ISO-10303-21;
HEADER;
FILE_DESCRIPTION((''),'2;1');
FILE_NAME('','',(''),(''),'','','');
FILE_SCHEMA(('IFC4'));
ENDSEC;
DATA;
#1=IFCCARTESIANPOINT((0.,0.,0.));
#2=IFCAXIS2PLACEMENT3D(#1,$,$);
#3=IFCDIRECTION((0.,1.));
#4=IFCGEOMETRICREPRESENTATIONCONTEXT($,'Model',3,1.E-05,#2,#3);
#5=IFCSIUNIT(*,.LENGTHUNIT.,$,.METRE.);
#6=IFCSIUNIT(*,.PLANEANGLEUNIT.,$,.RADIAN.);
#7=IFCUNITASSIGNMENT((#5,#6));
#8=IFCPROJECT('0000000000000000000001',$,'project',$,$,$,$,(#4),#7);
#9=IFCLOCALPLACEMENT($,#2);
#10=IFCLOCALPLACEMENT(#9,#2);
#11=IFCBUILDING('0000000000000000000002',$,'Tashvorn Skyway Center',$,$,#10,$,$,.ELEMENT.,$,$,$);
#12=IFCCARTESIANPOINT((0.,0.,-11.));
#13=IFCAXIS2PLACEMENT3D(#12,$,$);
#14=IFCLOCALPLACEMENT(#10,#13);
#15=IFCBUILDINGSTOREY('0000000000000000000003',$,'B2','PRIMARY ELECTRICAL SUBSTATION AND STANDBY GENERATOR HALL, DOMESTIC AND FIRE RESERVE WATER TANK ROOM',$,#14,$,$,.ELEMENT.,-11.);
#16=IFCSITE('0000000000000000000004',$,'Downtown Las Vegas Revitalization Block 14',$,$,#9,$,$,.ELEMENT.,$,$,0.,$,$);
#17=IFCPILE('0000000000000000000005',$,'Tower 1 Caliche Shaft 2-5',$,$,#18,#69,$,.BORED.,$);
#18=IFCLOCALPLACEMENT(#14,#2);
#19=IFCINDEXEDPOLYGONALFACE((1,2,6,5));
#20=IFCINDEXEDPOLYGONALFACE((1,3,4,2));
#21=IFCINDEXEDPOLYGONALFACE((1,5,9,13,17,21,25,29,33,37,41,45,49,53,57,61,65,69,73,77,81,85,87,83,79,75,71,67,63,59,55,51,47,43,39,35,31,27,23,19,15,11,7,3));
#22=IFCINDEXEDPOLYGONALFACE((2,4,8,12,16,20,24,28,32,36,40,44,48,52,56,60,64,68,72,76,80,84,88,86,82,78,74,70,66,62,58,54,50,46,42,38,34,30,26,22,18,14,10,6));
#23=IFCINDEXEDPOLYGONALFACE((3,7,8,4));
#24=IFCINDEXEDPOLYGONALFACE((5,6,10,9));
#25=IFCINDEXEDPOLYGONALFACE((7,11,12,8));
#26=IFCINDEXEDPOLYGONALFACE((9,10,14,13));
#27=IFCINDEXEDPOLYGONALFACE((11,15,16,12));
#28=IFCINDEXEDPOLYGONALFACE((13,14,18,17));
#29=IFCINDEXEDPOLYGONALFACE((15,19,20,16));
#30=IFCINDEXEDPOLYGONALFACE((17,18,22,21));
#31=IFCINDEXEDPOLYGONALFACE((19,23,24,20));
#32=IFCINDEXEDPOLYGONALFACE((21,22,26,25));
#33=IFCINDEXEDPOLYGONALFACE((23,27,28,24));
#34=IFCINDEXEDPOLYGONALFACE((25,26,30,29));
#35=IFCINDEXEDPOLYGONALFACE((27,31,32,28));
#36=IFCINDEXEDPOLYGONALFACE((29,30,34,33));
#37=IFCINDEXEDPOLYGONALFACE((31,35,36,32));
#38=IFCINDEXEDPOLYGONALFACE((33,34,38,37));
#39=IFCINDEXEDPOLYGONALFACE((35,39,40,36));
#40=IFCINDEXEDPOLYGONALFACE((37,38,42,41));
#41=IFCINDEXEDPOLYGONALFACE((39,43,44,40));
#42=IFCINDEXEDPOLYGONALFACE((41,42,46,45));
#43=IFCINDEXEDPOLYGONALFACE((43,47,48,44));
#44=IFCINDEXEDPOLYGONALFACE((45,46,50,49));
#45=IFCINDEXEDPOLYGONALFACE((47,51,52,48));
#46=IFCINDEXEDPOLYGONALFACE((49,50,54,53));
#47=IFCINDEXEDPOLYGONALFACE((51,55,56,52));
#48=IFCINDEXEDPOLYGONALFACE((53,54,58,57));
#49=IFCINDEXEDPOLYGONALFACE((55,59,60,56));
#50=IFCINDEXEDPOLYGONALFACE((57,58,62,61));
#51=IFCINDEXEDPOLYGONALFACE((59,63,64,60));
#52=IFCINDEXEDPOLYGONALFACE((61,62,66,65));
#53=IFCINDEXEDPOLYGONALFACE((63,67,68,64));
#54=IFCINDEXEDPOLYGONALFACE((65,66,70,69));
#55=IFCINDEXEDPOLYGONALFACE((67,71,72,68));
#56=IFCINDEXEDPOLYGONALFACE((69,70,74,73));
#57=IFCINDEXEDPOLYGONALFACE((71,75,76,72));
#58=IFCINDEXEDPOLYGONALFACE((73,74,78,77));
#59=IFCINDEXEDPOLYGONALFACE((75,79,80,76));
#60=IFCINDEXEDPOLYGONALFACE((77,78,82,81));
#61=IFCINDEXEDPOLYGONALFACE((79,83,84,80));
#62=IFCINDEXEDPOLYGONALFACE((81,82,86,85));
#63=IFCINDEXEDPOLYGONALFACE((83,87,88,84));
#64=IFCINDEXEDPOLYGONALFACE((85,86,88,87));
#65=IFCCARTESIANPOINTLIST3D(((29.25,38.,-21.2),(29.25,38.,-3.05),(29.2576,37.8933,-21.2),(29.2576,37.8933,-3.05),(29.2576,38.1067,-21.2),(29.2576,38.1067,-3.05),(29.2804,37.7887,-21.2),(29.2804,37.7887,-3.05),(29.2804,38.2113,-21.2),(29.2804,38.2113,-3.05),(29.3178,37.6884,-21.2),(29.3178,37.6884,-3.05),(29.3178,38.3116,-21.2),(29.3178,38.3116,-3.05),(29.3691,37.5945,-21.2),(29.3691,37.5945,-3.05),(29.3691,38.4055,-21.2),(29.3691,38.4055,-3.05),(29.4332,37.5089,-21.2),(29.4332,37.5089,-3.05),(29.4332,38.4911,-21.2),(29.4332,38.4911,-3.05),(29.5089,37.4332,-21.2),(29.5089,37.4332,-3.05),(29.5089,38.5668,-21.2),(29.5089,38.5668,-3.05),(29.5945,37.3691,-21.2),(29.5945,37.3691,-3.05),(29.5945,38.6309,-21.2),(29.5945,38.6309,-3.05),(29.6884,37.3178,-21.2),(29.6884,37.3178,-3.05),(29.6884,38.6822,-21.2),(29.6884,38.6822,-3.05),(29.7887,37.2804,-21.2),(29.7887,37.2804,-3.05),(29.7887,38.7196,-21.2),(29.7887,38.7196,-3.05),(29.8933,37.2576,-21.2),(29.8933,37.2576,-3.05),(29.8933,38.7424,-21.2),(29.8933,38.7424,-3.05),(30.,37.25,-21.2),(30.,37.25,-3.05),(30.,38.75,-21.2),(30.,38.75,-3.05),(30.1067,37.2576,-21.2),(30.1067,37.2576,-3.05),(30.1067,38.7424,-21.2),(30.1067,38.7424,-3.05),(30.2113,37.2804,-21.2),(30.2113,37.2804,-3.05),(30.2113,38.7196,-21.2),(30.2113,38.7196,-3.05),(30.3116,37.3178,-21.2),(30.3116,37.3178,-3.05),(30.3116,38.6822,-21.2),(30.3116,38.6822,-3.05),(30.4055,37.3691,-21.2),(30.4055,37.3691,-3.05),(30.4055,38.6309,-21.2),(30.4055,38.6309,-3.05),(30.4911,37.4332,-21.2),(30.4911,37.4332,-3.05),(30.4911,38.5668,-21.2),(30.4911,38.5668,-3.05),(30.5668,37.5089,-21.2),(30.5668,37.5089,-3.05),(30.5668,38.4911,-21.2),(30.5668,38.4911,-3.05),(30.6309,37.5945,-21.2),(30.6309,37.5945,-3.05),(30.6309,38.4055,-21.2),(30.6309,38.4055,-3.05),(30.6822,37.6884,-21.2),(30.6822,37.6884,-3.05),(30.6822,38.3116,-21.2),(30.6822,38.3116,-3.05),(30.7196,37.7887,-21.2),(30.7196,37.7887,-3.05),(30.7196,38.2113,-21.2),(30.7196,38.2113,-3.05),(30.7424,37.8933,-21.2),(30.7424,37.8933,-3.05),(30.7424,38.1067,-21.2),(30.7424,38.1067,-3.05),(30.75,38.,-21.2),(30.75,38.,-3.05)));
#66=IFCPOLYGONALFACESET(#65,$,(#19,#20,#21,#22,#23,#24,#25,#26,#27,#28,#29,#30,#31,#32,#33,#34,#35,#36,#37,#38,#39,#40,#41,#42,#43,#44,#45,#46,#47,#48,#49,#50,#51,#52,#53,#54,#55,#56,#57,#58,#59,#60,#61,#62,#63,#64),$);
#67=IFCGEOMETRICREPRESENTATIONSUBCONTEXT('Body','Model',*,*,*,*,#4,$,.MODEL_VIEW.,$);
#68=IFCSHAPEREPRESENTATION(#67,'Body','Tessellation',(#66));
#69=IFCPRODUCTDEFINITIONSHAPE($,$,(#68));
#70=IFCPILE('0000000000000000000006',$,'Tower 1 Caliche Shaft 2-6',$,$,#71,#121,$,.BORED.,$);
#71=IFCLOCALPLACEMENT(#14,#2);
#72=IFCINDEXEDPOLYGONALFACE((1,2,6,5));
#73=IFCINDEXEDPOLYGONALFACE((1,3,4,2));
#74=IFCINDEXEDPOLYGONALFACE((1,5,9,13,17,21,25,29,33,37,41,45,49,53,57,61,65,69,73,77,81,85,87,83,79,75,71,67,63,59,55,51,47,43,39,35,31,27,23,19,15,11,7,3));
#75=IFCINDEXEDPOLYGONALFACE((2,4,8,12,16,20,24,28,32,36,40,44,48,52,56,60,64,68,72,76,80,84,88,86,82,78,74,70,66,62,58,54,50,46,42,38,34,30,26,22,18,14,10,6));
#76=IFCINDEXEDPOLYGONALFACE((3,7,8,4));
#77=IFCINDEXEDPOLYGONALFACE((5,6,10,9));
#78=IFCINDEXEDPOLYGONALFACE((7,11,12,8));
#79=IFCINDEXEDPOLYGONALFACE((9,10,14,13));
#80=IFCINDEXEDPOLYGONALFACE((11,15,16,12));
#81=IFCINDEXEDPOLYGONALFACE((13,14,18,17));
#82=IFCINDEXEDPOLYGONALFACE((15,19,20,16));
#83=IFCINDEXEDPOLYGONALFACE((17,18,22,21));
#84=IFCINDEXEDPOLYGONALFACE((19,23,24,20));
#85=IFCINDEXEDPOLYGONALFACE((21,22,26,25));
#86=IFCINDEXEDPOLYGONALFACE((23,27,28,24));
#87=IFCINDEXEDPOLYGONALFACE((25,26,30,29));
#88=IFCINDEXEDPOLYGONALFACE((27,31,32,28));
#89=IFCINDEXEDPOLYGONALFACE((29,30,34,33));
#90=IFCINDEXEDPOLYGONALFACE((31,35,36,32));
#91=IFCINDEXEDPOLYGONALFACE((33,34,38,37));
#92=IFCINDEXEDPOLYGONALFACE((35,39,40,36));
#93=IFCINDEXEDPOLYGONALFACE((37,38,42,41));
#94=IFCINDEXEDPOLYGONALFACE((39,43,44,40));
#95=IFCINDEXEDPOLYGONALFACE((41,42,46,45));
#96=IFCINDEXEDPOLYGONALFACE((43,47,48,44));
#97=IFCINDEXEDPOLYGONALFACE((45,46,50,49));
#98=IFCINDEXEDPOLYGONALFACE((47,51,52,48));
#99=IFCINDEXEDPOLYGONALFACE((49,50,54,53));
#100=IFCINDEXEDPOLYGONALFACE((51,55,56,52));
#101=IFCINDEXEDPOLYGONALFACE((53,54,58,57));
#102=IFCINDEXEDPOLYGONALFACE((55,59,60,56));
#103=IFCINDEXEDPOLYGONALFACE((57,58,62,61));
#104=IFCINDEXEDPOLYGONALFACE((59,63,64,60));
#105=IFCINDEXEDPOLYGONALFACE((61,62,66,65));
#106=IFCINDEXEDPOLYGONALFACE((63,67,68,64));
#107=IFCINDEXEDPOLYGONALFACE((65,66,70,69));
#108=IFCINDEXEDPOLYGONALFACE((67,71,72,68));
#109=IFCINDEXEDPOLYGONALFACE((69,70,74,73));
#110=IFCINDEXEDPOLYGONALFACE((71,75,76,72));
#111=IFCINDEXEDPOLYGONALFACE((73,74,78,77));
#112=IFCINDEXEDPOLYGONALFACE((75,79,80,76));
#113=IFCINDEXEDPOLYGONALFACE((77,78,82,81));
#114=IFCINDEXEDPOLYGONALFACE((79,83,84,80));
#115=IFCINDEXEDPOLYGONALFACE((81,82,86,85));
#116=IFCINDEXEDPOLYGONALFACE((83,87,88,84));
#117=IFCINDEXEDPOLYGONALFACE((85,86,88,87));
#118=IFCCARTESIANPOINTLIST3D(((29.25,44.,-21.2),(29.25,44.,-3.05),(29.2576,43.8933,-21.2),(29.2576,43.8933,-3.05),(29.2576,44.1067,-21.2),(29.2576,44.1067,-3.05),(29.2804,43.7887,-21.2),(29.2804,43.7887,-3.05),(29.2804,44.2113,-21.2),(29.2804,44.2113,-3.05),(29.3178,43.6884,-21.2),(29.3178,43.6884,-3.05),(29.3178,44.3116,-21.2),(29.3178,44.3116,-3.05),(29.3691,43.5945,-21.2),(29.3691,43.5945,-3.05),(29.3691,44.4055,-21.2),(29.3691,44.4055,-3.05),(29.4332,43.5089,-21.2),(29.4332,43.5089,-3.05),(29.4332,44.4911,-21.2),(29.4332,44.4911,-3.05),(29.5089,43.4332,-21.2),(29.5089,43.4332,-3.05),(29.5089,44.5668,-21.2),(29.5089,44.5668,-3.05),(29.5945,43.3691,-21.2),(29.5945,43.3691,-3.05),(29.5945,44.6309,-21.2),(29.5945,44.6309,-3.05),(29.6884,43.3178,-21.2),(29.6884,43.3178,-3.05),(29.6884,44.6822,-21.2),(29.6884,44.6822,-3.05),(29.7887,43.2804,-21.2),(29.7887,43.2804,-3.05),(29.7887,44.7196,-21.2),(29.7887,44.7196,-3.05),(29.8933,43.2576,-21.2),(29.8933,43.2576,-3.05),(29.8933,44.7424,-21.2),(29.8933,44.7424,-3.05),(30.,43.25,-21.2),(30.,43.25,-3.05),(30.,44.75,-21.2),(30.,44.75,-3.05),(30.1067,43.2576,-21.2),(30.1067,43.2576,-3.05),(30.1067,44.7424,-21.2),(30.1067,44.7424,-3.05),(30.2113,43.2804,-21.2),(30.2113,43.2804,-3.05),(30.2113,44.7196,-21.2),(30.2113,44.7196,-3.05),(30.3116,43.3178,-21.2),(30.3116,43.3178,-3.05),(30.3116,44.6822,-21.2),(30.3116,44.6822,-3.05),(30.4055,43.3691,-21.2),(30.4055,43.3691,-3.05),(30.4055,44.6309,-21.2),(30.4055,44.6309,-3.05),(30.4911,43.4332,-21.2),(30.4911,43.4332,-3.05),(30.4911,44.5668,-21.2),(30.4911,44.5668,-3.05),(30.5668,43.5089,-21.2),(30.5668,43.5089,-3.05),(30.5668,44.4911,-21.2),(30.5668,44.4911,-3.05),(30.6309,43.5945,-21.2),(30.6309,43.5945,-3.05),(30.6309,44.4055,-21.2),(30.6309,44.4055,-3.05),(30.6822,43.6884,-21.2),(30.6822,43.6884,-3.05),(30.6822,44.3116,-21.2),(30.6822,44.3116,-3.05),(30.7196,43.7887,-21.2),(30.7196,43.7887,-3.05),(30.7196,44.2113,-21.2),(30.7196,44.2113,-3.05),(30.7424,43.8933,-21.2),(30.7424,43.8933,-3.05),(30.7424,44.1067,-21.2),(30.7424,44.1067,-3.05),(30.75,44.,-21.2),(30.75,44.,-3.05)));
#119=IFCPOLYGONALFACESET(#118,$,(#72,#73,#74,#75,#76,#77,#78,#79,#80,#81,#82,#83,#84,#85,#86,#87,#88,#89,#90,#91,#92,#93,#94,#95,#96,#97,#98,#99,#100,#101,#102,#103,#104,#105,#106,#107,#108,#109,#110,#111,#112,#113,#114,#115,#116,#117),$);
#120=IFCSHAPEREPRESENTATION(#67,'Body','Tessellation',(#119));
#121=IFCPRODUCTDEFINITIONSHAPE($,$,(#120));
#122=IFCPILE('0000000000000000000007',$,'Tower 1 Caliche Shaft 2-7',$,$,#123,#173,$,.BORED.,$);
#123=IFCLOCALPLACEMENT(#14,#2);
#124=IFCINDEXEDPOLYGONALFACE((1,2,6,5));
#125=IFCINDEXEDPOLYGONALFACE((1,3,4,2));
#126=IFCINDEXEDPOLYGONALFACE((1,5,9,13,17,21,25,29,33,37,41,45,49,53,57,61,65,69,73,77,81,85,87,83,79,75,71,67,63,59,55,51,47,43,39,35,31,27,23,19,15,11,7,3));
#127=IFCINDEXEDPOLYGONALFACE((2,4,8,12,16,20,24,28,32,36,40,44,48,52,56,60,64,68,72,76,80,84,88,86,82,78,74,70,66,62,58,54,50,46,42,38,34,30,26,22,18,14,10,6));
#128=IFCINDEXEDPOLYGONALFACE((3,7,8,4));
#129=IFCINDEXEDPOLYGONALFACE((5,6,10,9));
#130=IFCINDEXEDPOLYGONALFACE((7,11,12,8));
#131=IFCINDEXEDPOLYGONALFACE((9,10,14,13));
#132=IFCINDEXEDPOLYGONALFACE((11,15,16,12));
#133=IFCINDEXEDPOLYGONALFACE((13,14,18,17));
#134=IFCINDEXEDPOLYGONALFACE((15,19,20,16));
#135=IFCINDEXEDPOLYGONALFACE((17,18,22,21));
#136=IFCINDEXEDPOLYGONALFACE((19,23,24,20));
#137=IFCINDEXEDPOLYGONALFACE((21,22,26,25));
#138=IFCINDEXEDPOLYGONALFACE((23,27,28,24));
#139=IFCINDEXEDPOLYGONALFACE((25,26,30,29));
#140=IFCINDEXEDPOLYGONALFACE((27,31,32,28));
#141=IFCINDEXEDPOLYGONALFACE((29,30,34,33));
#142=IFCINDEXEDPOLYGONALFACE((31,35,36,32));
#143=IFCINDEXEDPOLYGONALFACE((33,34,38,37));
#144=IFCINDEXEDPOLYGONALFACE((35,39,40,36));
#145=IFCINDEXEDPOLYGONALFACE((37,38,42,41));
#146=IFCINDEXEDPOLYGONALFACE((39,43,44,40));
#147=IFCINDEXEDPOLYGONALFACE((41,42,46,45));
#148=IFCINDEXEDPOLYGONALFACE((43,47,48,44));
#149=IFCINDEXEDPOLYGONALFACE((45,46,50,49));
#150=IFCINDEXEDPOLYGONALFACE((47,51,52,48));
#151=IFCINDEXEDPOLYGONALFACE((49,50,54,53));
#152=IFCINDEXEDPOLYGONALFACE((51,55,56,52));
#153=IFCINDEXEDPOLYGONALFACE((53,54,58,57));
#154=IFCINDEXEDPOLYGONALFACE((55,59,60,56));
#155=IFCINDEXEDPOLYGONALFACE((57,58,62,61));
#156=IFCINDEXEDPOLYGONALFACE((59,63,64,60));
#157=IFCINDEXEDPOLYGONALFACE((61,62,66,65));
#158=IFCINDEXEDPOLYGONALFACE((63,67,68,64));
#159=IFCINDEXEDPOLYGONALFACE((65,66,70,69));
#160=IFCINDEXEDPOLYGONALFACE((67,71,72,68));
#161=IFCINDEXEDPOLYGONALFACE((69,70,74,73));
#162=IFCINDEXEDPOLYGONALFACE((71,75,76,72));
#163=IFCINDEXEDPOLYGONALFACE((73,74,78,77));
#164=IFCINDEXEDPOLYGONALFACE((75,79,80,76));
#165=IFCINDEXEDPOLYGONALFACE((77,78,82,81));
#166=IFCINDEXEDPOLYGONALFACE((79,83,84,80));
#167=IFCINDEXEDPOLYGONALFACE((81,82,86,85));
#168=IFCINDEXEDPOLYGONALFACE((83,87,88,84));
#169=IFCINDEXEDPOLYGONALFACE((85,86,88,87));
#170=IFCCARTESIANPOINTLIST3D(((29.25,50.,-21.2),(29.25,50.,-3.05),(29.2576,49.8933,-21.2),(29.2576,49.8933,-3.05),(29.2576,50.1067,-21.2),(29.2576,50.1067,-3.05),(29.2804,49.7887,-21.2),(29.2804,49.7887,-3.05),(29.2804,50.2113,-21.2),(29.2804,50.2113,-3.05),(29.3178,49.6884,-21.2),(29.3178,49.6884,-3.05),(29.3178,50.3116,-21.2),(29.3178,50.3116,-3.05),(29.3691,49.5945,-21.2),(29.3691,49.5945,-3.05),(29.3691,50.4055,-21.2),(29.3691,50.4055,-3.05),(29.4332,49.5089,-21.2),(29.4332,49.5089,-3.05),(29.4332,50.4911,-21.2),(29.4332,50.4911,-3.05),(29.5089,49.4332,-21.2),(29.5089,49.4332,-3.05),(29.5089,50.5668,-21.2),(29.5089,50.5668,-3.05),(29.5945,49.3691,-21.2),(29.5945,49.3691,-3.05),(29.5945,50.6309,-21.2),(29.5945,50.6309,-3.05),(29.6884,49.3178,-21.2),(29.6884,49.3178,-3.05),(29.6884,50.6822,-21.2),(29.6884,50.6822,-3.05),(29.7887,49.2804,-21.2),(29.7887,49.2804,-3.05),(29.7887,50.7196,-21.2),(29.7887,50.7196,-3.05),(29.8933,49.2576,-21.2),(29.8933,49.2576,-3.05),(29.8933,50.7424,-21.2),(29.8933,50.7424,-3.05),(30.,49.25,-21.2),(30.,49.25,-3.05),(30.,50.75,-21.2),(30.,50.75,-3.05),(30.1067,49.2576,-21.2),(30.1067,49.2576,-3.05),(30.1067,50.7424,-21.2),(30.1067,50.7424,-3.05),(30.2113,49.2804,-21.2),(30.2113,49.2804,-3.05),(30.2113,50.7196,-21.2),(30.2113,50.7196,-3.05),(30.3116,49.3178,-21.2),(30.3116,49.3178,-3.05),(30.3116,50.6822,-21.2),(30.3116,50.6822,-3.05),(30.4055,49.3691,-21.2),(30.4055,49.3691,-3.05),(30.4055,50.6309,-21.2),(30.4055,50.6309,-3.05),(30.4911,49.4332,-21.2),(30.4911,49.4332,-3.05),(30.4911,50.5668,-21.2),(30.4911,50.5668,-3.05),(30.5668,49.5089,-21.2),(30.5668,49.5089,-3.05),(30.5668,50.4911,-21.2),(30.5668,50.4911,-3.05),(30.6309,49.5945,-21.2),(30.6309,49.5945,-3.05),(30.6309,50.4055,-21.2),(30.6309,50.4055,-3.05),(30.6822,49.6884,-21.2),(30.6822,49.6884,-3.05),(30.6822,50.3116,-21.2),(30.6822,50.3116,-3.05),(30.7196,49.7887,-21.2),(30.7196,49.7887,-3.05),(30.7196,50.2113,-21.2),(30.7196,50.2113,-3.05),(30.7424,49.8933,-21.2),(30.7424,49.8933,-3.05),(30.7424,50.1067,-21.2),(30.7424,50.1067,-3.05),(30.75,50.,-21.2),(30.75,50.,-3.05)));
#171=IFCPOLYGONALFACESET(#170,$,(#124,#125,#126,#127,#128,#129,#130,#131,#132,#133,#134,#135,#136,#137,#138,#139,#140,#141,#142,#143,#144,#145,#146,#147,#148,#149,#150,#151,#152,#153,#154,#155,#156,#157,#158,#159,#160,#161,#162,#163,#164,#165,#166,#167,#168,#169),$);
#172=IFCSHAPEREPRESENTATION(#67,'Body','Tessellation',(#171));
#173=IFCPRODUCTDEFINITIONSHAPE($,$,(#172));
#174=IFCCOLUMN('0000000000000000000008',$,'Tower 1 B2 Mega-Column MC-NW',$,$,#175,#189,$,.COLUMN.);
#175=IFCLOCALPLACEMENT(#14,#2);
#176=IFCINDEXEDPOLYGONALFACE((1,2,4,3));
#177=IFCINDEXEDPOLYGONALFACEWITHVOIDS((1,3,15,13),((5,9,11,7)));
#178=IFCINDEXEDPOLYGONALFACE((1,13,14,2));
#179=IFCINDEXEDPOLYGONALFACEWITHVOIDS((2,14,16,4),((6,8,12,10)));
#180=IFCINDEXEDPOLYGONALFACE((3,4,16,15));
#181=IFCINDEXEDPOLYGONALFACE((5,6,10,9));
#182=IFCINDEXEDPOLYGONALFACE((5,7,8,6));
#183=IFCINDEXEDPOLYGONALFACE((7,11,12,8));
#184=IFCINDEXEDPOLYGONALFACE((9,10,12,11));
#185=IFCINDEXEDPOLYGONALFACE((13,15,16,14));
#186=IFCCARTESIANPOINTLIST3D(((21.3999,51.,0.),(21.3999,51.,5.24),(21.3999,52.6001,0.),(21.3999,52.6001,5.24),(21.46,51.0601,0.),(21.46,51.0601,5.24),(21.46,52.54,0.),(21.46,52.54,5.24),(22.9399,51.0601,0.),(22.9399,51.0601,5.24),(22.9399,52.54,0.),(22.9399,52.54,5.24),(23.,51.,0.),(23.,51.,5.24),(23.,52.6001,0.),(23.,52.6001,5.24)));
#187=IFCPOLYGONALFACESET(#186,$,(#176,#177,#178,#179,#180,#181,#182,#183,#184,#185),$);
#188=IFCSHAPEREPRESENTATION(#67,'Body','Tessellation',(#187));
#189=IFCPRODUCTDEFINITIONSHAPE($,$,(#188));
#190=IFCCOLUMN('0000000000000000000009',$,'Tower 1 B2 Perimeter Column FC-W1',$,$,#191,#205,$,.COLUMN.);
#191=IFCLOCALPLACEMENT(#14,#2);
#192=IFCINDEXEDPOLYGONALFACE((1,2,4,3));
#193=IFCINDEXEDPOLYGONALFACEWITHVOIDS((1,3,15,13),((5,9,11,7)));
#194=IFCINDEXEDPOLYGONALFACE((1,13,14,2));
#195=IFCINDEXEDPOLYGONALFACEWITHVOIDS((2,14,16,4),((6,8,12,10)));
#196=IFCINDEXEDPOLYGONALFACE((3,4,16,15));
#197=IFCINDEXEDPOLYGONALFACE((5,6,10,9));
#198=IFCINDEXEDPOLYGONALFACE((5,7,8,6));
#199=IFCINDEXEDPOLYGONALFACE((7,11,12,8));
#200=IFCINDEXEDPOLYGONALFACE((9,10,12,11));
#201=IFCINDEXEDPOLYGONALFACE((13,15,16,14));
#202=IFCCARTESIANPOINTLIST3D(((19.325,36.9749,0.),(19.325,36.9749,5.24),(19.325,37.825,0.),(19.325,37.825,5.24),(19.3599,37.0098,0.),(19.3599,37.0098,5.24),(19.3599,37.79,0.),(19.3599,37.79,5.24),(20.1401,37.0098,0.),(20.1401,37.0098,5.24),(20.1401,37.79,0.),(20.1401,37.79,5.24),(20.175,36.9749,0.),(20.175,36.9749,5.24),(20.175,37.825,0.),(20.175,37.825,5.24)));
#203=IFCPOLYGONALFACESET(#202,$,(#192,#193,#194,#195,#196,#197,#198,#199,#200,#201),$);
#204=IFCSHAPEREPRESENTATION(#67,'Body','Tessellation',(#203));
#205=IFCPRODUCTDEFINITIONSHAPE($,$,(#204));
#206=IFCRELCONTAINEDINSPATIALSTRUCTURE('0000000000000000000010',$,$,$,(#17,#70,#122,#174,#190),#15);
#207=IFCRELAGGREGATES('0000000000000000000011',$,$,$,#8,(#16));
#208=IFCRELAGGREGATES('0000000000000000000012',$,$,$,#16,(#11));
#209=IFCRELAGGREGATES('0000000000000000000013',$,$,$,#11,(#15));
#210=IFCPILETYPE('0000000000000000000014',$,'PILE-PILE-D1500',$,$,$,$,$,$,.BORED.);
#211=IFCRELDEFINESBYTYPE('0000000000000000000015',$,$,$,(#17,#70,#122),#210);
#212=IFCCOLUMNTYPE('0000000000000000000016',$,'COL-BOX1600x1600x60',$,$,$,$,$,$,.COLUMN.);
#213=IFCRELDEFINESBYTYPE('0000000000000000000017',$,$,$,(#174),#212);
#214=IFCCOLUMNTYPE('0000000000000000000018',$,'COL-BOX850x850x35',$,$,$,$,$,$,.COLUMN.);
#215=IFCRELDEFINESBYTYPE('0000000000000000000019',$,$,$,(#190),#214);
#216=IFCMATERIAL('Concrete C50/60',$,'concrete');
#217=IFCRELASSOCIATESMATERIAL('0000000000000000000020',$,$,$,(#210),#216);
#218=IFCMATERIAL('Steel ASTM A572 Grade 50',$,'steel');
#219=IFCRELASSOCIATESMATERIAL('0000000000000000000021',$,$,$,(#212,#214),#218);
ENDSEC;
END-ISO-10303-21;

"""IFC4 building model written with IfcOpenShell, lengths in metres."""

from ifc_helpers import new_model, si_unit, direction, frame, origin, origin_2d, place, context, subcontext, project, spatial, hollow_rectangle, circle, extrude, material, material_profile, profile_set, type_object, element, save


model = new_model("IFC4")

# Units and contexts
model_context = context("Model", 3, precision=1e-05, world=origin(), true_north=direction((0.0, 1.0)))
body_context = subcontext(model_context, "Body", "Model", "MODEL_VIEW")
ifc_project = project(units=[si_unit("LENGTHUNIT", "METRE"), si_unit("PLANEANGLEUNIT", "RADIAN")], contexts=[model_context])

# Site, building, storey
site_placement = place(None, origin())
site = spatial("IfcSite", under=ifc_project, at=site_placement, Name="Downtown Las Vegas Revitalization Block 14", CompositionType="ELEMENT", RefElevation=0.0)
building_placement = place(site_placement, origin())
building = spatial("IfcBuilding", under=site, at=building_placement, Name="Tashvorn Skyway Center", CompositionType="ELEMENT")
storey_placement = place(building_placement, frame((0.0, 0.0, -11.0)))
storey = spatial("IfcBuildingStorey", under=building, at=storey_placement, Name="B2", Description="PRIMARY ELECTRICAL SUBSTATION AND STANDBY GENERATOR HALL, DOMESTIC AND FIRE RESERVE WATER TANK ROOM", CompositionType="ELEMENT", Elevation=-11.0)

# Piles
ifc_material_1 = material(Name="Concrete C50/60", Category="concrete")
ifc_material_profile_1 = material_profile(ifc_material_1, circle(Radius=0.75, at=origin_2d()), Name="PILE-D1500")
ifc_profile_set_1 = profile_set([ifc_material_profile_1], Name="Concrete C50/60")
pile_type = type_object("IfcPileType", Name="PILE-PILE-D1500", PredefinedType="BORED", material=ifc_profile_set_1)
for number, where, z_axis, x_axis, name in (
    (1, (30.0, 38.0, -3.05), (0.0, 0.0, -1.0), (1.0, 0.0, 0.0), "Tower 1 Caliche Shaft 2-5"),
    (2, (30.0, 44.0, -3.05), (0.0, 0.0, -1.0), (1.0, 0.0, 0.0), "Tower 1 Caliche Shaft 2-6"),
    (3, (30.0, 50.0, -3.05), (0.0, 0.0, -1.0), (1.0, 0.0, 0.0), "Tower 1 Caliche Shaft 2-7"),
):
    element("IfcPile", number, at=place(storey_placement, frame(where, z_axis=z_axis, x_axis=x_axis)), inside=storey, type_object=pile_type, Name=name, PredefinedType="BORED", context=body_context, shape_type="SweptSolid", body=[
        extrude(circle(Radius=0.75, at=origin_2d()), origin(), (0.0, 0.0, 1.0), 18.1499),
    ])

# Columns
ifc_material_2 = material(Name="Steel ASTM A572 Grade 50", Category="steel")
ifc_material_profile_2 = material_profile(ifc_material_2, hollow_rectangle(XDim=1.6001, YDim=1.6001, WallThickness=0.0601, at=origin_2d()), Name="BOX1600x1600x60")
ifc_profile_set_2 = profile_set([ifc_material_profile_2], Name="Steel ASTM A572 Grade 50")
column_type_1 = type_object("IfcColumnType", Name="COL-BOX1600x1600x60", PredefinedType="COLUMN", material=ifc_profile_set_2)
column_1_placement = place(storey_placement, frame((22.2, 51.8, 0.0), z_axis=(0.0, 0.0, 1.0), x_axis=(1.0, 0.0, 0.0)))
element("IfcColumn", 4, at=column_1_placement, inside=storey, type_object=column_type_1, Name="Tower 1 B2 Mega-Column MC-NW", PredefinedType="COLUMN", context=body_context, shape_type="SweptSolid", body=[
    extrude(hollow_rectangle(XDim=1.6001, YDim=1.6001, WallThickness=0.0601, at=origin_2d()), origin(), (0.0, 0.0, 1.0), 5.24),
])
ifc_material_profile_3 = material_profile(ifc_material_2, hollow_rectangle(XDim=0.8501, YDim=0.8501, WallThickness=0.0349, at=origin_2d()), Name="BOX850x850x35")
ifc_profile_set_3 = profile_set([ifc_material_profile_3], Name="Steel ASTM A572 Grade 50")
column_type_2 = type_object("IfcColumnType", Name="COL-BOX850x850x35", PredefinedType="COLUMN", material=ifc_profile_set_3)
column_2_placement = place(storey_placement, frame((19.75, 37.3999, 0.0), z_axis=(0.0, 0.0, 1.0), x_axis=(1.0, 0.0, 0.0)))
element("IfcColumn", 5, at=column_2_placement, inside=storey, type_object=column_type_2, Name="Tower 1 B2 Perimeter Column FC-W1", PredefinedType="COLUMN", context=body_context, shape_type="SweptSolid", body=[
    extrude(hollow_rectangle(XDim=0.8501, YDim=0.8501, WallThickness=0.0349, at=origin_2d()), origin(), (0.0, 0.0, 1.0), 5.24),
])

save(model, "model.ifc")
